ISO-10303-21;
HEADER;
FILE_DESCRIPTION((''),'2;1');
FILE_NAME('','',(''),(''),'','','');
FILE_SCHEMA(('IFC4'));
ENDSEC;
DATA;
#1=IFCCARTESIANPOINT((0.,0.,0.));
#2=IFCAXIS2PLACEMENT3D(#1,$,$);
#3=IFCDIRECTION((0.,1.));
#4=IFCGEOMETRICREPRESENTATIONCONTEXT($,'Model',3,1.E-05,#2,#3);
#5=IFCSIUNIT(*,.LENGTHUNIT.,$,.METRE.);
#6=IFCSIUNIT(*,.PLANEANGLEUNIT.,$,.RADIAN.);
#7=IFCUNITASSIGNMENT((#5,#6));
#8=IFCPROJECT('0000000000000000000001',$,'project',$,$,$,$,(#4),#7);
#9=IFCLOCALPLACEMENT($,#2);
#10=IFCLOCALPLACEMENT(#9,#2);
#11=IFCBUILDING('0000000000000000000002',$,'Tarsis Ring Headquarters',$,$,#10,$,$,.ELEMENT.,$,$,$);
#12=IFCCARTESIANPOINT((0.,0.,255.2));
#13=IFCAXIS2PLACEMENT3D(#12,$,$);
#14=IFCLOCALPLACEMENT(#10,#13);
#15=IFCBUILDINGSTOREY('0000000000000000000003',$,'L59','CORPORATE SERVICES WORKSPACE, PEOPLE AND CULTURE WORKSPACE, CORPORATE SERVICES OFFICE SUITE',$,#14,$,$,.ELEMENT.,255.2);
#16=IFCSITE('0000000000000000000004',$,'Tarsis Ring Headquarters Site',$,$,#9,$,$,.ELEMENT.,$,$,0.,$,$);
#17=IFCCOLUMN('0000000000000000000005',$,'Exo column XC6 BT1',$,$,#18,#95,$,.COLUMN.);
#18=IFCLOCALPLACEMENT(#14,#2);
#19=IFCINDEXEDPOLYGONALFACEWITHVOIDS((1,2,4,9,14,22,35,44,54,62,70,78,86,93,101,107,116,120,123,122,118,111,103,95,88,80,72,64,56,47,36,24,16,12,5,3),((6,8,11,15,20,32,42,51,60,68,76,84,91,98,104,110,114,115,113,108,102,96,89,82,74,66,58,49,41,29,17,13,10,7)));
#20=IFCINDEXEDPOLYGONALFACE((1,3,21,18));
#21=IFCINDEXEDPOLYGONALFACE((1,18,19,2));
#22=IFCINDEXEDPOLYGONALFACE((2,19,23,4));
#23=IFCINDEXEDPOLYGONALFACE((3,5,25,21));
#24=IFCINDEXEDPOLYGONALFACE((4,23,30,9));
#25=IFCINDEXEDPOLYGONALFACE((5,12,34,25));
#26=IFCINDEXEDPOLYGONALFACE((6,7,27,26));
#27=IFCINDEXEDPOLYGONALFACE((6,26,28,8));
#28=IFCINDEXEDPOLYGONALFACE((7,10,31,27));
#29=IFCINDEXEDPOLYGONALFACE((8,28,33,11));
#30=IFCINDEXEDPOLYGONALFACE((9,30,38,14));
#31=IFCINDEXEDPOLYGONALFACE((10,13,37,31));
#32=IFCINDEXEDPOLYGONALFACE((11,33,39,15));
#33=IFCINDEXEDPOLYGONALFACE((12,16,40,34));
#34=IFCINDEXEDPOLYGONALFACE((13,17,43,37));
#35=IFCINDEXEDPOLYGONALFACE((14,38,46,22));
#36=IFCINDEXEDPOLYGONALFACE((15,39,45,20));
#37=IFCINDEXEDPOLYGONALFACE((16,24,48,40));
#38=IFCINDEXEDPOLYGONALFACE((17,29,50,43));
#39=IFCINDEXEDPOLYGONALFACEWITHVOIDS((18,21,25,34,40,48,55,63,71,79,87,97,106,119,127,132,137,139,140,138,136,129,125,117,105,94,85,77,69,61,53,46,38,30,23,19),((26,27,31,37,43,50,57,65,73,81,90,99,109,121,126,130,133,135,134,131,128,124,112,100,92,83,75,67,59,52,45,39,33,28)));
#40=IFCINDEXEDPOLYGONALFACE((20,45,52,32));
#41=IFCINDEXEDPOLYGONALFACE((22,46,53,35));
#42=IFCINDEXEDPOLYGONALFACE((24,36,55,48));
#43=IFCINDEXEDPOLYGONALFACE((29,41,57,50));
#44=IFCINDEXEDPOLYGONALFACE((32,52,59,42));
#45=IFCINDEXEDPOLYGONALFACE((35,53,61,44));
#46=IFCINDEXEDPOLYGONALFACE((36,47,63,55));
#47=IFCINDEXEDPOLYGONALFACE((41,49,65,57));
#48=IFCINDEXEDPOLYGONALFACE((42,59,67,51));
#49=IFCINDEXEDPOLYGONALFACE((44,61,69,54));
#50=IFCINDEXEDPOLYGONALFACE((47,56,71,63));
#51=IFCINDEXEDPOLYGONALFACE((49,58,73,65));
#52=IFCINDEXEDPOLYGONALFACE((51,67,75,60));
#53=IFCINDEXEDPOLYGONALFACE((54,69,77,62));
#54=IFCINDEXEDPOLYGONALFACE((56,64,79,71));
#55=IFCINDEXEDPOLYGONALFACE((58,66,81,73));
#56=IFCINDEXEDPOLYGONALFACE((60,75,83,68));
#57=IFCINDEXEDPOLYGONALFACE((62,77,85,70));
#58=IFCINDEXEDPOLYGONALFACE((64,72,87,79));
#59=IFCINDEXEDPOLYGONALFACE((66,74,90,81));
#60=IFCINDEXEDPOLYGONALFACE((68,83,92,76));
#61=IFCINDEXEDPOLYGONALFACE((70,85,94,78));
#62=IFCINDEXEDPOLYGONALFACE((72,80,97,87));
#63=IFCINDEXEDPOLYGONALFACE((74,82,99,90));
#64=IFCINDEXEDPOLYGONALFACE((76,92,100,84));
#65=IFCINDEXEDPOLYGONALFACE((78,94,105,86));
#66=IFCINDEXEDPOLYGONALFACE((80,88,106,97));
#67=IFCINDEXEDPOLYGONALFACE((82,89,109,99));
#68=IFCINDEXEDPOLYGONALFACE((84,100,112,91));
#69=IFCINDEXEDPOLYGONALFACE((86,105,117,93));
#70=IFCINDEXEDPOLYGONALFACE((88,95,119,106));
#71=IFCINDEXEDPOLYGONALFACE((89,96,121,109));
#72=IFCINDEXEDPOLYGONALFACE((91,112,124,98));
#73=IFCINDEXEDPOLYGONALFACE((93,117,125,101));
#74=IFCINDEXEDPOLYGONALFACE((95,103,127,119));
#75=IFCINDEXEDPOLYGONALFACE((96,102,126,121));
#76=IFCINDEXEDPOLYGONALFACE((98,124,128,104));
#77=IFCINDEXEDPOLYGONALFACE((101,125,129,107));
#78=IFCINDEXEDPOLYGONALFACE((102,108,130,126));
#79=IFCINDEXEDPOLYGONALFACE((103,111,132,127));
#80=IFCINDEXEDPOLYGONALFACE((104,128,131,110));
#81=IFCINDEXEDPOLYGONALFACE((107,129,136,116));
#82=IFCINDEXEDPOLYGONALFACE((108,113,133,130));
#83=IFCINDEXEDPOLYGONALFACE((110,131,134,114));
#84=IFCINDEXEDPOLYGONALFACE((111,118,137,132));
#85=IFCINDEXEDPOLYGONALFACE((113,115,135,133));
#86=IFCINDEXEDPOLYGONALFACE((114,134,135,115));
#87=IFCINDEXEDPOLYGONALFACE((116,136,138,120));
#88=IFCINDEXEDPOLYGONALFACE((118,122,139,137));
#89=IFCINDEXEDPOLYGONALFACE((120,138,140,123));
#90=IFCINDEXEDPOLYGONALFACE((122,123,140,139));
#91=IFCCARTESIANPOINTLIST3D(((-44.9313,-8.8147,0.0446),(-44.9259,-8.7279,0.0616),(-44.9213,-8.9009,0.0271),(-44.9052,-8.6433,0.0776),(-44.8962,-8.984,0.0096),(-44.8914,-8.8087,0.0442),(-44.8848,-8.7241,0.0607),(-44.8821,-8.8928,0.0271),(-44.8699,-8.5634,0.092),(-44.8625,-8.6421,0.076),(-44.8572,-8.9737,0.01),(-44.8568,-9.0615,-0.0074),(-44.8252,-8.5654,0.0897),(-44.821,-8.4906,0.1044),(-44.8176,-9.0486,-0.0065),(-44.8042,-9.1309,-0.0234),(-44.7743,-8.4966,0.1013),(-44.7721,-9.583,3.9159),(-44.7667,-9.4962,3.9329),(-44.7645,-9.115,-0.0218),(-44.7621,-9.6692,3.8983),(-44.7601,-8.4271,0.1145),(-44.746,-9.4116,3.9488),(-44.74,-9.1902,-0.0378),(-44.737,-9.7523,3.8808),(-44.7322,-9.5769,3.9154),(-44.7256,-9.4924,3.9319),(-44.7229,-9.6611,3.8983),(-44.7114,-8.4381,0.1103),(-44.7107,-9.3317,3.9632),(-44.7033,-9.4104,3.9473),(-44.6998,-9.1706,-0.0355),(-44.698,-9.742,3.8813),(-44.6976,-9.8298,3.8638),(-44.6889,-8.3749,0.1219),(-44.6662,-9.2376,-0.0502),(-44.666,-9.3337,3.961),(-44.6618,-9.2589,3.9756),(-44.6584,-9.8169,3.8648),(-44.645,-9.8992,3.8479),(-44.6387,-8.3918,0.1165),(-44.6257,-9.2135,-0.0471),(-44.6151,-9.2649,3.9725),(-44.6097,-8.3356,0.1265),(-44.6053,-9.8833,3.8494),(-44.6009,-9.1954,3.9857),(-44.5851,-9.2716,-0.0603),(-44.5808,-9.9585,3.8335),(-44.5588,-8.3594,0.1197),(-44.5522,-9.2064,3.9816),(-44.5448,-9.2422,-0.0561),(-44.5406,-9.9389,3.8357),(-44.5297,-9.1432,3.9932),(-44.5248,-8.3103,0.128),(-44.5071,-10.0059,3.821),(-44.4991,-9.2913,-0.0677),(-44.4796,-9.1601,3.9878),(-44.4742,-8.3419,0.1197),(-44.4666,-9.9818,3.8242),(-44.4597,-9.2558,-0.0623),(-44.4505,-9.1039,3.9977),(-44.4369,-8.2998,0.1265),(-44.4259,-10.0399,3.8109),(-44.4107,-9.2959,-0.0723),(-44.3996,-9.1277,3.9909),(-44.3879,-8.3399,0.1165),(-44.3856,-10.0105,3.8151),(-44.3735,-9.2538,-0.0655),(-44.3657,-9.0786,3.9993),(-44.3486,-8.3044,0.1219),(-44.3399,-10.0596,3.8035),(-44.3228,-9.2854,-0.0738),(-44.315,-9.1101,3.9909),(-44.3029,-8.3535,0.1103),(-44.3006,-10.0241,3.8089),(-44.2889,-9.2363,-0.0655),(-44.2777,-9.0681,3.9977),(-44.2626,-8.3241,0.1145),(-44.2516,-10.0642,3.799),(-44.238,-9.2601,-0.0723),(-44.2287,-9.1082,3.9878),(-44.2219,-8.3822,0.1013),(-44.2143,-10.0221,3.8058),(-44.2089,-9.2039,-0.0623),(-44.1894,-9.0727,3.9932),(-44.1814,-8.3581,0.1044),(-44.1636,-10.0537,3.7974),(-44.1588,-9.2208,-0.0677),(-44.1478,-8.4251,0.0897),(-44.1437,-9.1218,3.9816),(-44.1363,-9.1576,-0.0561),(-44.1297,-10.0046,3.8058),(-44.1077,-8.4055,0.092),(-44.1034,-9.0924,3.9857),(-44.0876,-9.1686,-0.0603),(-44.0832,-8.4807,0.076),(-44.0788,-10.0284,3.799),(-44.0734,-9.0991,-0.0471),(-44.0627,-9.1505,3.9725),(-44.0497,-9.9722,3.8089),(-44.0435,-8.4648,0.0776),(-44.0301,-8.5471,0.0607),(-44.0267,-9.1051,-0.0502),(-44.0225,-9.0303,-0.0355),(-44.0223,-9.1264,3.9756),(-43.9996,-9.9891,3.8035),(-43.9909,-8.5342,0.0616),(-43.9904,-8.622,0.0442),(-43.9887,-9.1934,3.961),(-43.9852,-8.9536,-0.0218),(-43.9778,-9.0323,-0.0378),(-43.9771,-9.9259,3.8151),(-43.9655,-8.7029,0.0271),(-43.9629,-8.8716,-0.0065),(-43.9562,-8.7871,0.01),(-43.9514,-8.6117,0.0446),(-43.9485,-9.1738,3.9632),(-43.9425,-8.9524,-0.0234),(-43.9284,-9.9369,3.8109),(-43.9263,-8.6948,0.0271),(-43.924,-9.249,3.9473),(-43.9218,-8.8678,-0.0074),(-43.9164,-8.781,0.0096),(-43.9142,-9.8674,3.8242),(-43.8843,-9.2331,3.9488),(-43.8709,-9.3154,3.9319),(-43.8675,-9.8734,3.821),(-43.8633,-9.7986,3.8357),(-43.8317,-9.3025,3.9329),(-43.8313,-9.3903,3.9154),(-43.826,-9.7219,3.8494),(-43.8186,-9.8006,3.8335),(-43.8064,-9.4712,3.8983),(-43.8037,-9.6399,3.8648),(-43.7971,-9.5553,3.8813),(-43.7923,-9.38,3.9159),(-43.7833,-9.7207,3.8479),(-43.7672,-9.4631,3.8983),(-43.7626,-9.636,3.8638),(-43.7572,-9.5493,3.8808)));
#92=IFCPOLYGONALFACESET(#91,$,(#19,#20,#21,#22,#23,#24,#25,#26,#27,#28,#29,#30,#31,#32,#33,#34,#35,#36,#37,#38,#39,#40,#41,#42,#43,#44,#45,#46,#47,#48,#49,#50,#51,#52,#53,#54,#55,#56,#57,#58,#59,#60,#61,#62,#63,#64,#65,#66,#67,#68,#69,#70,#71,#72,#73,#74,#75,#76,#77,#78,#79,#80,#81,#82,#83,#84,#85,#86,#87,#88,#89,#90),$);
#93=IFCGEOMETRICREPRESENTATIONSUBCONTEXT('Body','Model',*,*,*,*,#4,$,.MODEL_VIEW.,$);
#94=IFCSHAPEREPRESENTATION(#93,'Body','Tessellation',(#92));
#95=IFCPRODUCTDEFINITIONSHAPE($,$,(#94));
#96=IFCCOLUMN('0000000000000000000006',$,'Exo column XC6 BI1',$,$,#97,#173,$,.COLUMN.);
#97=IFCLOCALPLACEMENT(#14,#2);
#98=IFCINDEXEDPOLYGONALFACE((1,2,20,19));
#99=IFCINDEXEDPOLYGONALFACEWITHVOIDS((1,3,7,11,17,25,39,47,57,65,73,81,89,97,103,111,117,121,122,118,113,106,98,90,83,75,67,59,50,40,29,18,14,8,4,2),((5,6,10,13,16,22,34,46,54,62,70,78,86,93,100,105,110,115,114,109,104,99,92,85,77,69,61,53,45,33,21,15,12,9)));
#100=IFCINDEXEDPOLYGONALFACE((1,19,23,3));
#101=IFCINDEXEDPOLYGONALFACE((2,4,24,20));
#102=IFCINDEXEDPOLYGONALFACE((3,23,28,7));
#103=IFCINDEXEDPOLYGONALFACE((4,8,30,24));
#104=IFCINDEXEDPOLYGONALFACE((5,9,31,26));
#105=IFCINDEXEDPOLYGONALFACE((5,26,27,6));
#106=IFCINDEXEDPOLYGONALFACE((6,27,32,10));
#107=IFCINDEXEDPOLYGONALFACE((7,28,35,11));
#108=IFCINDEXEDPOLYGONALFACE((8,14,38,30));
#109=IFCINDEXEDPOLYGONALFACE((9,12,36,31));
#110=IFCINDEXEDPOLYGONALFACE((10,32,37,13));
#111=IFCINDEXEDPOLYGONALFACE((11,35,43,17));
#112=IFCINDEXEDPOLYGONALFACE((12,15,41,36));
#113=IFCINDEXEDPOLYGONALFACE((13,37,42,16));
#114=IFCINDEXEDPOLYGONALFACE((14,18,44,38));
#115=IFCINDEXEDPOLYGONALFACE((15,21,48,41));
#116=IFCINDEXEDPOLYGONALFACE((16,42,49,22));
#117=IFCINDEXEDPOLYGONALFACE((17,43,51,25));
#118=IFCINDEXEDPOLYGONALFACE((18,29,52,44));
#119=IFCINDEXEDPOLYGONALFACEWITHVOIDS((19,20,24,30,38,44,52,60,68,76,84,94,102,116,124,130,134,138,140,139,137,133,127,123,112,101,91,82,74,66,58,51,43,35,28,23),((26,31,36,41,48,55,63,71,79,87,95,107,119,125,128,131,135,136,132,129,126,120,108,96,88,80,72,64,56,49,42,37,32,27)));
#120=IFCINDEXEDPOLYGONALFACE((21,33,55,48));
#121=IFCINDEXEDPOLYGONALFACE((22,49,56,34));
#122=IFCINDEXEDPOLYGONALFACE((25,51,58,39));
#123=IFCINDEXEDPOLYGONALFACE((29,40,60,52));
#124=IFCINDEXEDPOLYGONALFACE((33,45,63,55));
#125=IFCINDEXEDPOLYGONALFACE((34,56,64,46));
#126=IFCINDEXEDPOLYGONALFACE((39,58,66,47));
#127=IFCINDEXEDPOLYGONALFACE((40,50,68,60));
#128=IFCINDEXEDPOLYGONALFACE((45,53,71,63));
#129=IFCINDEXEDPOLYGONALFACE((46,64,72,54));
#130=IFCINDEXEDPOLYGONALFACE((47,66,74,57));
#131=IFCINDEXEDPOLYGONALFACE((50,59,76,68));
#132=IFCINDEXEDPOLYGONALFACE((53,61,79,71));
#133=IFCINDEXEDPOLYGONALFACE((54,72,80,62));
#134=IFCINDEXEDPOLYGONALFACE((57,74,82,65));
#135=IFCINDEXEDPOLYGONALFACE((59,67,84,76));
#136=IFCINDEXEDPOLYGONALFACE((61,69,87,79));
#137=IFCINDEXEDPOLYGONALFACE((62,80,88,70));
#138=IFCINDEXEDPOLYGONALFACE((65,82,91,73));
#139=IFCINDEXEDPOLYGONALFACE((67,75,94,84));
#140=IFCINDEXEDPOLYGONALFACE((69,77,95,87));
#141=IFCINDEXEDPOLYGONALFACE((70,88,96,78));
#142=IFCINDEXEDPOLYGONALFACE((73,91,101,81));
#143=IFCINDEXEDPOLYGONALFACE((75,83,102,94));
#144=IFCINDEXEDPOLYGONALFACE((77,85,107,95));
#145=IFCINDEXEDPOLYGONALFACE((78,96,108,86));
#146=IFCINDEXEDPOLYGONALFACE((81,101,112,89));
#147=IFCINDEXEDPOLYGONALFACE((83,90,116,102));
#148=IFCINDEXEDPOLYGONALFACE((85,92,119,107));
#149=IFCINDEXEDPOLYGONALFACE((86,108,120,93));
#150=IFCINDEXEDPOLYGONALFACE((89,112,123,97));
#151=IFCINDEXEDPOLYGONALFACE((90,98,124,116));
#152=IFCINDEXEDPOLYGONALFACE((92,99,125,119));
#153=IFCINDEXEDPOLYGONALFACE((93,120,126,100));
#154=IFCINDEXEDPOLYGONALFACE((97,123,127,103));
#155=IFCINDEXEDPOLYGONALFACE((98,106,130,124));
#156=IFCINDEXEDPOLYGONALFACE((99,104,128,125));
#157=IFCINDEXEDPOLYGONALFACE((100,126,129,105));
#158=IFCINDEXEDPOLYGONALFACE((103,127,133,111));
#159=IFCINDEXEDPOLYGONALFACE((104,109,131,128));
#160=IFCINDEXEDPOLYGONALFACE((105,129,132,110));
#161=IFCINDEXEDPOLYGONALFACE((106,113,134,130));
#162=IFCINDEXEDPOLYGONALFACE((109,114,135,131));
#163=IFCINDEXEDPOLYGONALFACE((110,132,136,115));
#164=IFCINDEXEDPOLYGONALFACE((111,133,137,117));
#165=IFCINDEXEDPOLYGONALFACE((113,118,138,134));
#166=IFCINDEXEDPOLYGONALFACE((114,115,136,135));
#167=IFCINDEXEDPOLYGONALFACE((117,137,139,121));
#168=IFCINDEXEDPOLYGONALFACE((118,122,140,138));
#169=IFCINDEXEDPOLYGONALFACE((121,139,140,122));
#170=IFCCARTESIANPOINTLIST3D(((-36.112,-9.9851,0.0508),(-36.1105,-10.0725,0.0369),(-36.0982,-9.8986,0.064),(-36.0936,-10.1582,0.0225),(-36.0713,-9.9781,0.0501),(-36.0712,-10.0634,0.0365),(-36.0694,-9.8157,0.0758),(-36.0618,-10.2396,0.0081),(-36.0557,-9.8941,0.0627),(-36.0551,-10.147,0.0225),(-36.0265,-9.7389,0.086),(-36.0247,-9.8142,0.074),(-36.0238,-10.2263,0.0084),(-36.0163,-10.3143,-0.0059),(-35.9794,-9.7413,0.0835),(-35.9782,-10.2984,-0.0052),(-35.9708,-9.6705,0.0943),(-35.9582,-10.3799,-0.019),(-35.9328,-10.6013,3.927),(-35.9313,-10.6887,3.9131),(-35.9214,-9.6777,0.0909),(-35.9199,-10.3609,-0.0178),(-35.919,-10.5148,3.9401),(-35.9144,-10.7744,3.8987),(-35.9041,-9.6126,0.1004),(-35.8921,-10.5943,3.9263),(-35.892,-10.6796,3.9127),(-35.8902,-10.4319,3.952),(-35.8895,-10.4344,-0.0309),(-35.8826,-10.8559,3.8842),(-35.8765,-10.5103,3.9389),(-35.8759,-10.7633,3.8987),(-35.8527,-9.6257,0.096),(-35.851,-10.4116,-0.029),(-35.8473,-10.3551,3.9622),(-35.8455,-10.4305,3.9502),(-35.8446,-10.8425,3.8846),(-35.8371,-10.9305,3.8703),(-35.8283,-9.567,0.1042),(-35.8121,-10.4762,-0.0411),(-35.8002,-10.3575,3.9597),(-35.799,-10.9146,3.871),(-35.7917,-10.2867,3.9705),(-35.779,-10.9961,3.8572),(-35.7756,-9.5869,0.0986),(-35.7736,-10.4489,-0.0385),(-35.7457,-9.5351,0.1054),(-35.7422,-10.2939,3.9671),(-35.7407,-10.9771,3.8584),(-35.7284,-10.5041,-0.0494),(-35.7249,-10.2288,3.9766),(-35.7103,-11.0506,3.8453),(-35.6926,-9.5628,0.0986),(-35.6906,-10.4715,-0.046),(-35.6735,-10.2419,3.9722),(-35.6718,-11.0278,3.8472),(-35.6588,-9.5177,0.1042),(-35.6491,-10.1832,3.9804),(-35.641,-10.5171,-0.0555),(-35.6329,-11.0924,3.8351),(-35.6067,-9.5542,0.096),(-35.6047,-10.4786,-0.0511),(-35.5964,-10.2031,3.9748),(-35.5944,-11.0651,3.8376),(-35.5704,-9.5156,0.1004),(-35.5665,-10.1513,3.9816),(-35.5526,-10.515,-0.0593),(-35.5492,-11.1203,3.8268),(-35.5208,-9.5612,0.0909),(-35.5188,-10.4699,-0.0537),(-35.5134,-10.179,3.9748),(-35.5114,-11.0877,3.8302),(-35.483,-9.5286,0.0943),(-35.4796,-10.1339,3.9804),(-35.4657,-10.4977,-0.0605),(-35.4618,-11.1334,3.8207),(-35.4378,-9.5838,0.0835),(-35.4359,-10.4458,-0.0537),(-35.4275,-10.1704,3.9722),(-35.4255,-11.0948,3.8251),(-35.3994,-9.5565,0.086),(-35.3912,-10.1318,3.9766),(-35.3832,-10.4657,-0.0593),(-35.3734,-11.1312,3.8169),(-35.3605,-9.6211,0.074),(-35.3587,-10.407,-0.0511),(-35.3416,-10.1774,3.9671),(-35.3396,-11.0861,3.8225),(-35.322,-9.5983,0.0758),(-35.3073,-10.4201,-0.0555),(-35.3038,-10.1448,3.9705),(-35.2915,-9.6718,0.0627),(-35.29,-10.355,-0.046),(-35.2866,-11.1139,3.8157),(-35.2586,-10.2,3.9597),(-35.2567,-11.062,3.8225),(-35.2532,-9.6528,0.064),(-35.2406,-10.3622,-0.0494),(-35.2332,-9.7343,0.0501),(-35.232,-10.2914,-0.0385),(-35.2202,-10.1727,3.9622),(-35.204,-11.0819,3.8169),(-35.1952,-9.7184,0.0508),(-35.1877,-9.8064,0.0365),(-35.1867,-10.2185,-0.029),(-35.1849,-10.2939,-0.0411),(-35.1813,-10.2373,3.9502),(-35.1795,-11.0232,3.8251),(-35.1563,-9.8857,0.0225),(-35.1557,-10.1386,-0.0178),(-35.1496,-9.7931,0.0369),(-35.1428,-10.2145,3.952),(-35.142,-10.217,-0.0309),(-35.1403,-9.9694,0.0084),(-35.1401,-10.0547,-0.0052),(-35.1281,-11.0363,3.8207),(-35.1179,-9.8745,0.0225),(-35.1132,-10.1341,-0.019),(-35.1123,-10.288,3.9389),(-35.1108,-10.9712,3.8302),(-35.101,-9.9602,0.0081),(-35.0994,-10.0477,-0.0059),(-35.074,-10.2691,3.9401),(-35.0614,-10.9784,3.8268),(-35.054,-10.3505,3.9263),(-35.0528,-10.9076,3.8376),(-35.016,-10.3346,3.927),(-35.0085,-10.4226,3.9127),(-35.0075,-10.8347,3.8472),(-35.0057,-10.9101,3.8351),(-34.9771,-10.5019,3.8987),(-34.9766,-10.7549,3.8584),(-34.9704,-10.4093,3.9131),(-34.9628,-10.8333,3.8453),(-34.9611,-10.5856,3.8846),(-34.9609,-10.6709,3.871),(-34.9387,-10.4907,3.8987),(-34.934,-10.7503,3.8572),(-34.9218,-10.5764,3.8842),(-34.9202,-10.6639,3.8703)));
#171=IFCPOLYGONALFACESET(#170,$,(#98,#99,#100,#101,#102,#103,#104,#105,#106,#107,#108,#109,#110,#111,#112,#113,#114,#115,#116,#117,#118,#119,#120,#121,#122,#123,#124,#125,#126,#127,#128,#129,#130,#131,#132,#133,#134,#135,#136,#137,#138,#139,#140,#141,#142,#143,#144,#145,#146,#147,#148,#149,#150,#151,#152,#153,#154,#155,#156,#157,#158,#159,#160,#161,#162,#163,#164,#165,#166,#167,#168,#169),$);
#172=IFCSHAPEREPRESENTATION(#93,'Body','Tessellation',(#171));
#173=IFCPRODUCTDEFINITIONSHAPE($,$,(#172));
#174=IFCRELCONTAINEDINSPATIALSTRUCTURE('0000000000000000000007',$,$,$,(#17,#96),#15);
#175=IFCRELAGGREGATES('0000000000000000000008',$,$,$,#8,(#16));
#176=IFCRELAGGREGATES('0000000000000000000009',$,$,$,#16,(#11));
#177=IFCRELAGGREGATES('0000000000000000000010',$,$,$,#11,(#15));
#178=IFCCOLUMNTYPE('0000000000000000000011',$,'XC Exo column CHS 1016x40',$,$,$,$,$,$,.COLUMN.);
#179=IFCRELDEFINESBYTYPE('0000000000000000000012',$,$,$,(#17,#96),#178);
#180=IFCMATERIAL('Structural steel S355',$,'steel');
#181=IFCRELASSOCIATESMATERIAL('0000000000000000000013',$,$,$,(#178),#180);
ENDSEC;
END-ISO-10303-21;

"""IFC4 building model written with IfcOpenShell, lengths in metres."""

from ifc_helpers import new_model, si_unit, direction, frame, origin, origin_2d, place, context, subcontext, project, spatial, hollow_circle, extrude, material, material_profile, profile_set, type_object, element, save


model = new_model("IFC4")

# Units and contexts
model_context = context("Model", 3, precision=1e-05, world=origin(), true_north=direction((0.0, 1.0)))
body_context = subcontext(model_context, "Body", "Model", "MODEL_VIEW")
ifc_project = project(units=[si_unit("LENGTHUNIT", "METRE"), si_unit("PLANEANGLEUNIT", "RADIAN")], contexts=[model_context])

# Site, building, storey
site_placement = place(None, origin())
site = spatial("IfcSite", under=ifc_project, at=site_placement, Name="Tarsis Ring Headquarters Site", CompositionType="ELEMENT", RefElevation=0.0)
building_placement = place(site_placement, origin())
building = spatial("IfcBuilding", under=site, at=building_placement, Name="Tarsis Ring Headquarters", CompositionType="ELEMENT")
storey_placement = place(building_placement, frame((0.0, 0.0, 255.2)))
storey = spatial("IfcBuildingStorey", under=building, at=storey_placement, Name="L59", Description="CORPORATE SERVICES WORKSPACE, PEOPLE AND CULTURE WORKSPACE, CORPORATE SERVICES OFFICE SUITE", CompositionType="ELEMENT", Elevation=255.2)

# Columns
ifc_material_1 = material(Name="Structural steel S355", Category="steel")
ifc_material_profile_1 = material_profile(ifc_material_1, hollow_circle(Radius=0.5081, WallThickness=0.04, at=origin_2d()), Name="CHS 1016x40")
ifc_profile_set_1 = profile_set([ifc_material_profile_1], Name="Structural steel S355")
column_type = type_object("IfcColumnType", Name="XC Exo column CHS 1016x40", PredefinedType="COLUMN", material=ifc_profile_set_1)
column_1_placement = place(storey_placement, frame((-44.4238, -8.7979, 0.0271), z_axis=(0.040298, -0.194507, 0.980073), x_axis=(0.979205, 0.202873, 0.0)))
element("IfcColumn", 1, at=column_1_placement, inside=storey, type_object=column_type, Name="Exo column XC6 BT1", PredefinedType="COLUMN", context=body_context, shape_type="SweptSolid", body=[
    extrude(hollow_circle(Radius=0.5081, WallThickness=0.04, at=origin_2d()), origin(), (0.0, 0.0, 1.0), 3.95),
])
column_2_placement = place(storey_placement, frame((-35.6057, -10.0164, 0.0225), z_axis=(0.04561, -0.156837, 0.986571), x_axis=(0.960221, 0.27924, 0.0)))
element("IfcColumn", 2, at=column_2_placement, inside=storey, type_object=column_type, Name="Exo column XC6 BI1", PredefinedType="COLUMN", context=body_context, shape_type="SweptSolid", body=[
    extrude(hollow_circle(Radius=0.5081, WallThickness=0.04, at=origin_2d()), origin(), (0.0, 0.0, 1.0), 3.929),
])

save(model, "model.ifc")
